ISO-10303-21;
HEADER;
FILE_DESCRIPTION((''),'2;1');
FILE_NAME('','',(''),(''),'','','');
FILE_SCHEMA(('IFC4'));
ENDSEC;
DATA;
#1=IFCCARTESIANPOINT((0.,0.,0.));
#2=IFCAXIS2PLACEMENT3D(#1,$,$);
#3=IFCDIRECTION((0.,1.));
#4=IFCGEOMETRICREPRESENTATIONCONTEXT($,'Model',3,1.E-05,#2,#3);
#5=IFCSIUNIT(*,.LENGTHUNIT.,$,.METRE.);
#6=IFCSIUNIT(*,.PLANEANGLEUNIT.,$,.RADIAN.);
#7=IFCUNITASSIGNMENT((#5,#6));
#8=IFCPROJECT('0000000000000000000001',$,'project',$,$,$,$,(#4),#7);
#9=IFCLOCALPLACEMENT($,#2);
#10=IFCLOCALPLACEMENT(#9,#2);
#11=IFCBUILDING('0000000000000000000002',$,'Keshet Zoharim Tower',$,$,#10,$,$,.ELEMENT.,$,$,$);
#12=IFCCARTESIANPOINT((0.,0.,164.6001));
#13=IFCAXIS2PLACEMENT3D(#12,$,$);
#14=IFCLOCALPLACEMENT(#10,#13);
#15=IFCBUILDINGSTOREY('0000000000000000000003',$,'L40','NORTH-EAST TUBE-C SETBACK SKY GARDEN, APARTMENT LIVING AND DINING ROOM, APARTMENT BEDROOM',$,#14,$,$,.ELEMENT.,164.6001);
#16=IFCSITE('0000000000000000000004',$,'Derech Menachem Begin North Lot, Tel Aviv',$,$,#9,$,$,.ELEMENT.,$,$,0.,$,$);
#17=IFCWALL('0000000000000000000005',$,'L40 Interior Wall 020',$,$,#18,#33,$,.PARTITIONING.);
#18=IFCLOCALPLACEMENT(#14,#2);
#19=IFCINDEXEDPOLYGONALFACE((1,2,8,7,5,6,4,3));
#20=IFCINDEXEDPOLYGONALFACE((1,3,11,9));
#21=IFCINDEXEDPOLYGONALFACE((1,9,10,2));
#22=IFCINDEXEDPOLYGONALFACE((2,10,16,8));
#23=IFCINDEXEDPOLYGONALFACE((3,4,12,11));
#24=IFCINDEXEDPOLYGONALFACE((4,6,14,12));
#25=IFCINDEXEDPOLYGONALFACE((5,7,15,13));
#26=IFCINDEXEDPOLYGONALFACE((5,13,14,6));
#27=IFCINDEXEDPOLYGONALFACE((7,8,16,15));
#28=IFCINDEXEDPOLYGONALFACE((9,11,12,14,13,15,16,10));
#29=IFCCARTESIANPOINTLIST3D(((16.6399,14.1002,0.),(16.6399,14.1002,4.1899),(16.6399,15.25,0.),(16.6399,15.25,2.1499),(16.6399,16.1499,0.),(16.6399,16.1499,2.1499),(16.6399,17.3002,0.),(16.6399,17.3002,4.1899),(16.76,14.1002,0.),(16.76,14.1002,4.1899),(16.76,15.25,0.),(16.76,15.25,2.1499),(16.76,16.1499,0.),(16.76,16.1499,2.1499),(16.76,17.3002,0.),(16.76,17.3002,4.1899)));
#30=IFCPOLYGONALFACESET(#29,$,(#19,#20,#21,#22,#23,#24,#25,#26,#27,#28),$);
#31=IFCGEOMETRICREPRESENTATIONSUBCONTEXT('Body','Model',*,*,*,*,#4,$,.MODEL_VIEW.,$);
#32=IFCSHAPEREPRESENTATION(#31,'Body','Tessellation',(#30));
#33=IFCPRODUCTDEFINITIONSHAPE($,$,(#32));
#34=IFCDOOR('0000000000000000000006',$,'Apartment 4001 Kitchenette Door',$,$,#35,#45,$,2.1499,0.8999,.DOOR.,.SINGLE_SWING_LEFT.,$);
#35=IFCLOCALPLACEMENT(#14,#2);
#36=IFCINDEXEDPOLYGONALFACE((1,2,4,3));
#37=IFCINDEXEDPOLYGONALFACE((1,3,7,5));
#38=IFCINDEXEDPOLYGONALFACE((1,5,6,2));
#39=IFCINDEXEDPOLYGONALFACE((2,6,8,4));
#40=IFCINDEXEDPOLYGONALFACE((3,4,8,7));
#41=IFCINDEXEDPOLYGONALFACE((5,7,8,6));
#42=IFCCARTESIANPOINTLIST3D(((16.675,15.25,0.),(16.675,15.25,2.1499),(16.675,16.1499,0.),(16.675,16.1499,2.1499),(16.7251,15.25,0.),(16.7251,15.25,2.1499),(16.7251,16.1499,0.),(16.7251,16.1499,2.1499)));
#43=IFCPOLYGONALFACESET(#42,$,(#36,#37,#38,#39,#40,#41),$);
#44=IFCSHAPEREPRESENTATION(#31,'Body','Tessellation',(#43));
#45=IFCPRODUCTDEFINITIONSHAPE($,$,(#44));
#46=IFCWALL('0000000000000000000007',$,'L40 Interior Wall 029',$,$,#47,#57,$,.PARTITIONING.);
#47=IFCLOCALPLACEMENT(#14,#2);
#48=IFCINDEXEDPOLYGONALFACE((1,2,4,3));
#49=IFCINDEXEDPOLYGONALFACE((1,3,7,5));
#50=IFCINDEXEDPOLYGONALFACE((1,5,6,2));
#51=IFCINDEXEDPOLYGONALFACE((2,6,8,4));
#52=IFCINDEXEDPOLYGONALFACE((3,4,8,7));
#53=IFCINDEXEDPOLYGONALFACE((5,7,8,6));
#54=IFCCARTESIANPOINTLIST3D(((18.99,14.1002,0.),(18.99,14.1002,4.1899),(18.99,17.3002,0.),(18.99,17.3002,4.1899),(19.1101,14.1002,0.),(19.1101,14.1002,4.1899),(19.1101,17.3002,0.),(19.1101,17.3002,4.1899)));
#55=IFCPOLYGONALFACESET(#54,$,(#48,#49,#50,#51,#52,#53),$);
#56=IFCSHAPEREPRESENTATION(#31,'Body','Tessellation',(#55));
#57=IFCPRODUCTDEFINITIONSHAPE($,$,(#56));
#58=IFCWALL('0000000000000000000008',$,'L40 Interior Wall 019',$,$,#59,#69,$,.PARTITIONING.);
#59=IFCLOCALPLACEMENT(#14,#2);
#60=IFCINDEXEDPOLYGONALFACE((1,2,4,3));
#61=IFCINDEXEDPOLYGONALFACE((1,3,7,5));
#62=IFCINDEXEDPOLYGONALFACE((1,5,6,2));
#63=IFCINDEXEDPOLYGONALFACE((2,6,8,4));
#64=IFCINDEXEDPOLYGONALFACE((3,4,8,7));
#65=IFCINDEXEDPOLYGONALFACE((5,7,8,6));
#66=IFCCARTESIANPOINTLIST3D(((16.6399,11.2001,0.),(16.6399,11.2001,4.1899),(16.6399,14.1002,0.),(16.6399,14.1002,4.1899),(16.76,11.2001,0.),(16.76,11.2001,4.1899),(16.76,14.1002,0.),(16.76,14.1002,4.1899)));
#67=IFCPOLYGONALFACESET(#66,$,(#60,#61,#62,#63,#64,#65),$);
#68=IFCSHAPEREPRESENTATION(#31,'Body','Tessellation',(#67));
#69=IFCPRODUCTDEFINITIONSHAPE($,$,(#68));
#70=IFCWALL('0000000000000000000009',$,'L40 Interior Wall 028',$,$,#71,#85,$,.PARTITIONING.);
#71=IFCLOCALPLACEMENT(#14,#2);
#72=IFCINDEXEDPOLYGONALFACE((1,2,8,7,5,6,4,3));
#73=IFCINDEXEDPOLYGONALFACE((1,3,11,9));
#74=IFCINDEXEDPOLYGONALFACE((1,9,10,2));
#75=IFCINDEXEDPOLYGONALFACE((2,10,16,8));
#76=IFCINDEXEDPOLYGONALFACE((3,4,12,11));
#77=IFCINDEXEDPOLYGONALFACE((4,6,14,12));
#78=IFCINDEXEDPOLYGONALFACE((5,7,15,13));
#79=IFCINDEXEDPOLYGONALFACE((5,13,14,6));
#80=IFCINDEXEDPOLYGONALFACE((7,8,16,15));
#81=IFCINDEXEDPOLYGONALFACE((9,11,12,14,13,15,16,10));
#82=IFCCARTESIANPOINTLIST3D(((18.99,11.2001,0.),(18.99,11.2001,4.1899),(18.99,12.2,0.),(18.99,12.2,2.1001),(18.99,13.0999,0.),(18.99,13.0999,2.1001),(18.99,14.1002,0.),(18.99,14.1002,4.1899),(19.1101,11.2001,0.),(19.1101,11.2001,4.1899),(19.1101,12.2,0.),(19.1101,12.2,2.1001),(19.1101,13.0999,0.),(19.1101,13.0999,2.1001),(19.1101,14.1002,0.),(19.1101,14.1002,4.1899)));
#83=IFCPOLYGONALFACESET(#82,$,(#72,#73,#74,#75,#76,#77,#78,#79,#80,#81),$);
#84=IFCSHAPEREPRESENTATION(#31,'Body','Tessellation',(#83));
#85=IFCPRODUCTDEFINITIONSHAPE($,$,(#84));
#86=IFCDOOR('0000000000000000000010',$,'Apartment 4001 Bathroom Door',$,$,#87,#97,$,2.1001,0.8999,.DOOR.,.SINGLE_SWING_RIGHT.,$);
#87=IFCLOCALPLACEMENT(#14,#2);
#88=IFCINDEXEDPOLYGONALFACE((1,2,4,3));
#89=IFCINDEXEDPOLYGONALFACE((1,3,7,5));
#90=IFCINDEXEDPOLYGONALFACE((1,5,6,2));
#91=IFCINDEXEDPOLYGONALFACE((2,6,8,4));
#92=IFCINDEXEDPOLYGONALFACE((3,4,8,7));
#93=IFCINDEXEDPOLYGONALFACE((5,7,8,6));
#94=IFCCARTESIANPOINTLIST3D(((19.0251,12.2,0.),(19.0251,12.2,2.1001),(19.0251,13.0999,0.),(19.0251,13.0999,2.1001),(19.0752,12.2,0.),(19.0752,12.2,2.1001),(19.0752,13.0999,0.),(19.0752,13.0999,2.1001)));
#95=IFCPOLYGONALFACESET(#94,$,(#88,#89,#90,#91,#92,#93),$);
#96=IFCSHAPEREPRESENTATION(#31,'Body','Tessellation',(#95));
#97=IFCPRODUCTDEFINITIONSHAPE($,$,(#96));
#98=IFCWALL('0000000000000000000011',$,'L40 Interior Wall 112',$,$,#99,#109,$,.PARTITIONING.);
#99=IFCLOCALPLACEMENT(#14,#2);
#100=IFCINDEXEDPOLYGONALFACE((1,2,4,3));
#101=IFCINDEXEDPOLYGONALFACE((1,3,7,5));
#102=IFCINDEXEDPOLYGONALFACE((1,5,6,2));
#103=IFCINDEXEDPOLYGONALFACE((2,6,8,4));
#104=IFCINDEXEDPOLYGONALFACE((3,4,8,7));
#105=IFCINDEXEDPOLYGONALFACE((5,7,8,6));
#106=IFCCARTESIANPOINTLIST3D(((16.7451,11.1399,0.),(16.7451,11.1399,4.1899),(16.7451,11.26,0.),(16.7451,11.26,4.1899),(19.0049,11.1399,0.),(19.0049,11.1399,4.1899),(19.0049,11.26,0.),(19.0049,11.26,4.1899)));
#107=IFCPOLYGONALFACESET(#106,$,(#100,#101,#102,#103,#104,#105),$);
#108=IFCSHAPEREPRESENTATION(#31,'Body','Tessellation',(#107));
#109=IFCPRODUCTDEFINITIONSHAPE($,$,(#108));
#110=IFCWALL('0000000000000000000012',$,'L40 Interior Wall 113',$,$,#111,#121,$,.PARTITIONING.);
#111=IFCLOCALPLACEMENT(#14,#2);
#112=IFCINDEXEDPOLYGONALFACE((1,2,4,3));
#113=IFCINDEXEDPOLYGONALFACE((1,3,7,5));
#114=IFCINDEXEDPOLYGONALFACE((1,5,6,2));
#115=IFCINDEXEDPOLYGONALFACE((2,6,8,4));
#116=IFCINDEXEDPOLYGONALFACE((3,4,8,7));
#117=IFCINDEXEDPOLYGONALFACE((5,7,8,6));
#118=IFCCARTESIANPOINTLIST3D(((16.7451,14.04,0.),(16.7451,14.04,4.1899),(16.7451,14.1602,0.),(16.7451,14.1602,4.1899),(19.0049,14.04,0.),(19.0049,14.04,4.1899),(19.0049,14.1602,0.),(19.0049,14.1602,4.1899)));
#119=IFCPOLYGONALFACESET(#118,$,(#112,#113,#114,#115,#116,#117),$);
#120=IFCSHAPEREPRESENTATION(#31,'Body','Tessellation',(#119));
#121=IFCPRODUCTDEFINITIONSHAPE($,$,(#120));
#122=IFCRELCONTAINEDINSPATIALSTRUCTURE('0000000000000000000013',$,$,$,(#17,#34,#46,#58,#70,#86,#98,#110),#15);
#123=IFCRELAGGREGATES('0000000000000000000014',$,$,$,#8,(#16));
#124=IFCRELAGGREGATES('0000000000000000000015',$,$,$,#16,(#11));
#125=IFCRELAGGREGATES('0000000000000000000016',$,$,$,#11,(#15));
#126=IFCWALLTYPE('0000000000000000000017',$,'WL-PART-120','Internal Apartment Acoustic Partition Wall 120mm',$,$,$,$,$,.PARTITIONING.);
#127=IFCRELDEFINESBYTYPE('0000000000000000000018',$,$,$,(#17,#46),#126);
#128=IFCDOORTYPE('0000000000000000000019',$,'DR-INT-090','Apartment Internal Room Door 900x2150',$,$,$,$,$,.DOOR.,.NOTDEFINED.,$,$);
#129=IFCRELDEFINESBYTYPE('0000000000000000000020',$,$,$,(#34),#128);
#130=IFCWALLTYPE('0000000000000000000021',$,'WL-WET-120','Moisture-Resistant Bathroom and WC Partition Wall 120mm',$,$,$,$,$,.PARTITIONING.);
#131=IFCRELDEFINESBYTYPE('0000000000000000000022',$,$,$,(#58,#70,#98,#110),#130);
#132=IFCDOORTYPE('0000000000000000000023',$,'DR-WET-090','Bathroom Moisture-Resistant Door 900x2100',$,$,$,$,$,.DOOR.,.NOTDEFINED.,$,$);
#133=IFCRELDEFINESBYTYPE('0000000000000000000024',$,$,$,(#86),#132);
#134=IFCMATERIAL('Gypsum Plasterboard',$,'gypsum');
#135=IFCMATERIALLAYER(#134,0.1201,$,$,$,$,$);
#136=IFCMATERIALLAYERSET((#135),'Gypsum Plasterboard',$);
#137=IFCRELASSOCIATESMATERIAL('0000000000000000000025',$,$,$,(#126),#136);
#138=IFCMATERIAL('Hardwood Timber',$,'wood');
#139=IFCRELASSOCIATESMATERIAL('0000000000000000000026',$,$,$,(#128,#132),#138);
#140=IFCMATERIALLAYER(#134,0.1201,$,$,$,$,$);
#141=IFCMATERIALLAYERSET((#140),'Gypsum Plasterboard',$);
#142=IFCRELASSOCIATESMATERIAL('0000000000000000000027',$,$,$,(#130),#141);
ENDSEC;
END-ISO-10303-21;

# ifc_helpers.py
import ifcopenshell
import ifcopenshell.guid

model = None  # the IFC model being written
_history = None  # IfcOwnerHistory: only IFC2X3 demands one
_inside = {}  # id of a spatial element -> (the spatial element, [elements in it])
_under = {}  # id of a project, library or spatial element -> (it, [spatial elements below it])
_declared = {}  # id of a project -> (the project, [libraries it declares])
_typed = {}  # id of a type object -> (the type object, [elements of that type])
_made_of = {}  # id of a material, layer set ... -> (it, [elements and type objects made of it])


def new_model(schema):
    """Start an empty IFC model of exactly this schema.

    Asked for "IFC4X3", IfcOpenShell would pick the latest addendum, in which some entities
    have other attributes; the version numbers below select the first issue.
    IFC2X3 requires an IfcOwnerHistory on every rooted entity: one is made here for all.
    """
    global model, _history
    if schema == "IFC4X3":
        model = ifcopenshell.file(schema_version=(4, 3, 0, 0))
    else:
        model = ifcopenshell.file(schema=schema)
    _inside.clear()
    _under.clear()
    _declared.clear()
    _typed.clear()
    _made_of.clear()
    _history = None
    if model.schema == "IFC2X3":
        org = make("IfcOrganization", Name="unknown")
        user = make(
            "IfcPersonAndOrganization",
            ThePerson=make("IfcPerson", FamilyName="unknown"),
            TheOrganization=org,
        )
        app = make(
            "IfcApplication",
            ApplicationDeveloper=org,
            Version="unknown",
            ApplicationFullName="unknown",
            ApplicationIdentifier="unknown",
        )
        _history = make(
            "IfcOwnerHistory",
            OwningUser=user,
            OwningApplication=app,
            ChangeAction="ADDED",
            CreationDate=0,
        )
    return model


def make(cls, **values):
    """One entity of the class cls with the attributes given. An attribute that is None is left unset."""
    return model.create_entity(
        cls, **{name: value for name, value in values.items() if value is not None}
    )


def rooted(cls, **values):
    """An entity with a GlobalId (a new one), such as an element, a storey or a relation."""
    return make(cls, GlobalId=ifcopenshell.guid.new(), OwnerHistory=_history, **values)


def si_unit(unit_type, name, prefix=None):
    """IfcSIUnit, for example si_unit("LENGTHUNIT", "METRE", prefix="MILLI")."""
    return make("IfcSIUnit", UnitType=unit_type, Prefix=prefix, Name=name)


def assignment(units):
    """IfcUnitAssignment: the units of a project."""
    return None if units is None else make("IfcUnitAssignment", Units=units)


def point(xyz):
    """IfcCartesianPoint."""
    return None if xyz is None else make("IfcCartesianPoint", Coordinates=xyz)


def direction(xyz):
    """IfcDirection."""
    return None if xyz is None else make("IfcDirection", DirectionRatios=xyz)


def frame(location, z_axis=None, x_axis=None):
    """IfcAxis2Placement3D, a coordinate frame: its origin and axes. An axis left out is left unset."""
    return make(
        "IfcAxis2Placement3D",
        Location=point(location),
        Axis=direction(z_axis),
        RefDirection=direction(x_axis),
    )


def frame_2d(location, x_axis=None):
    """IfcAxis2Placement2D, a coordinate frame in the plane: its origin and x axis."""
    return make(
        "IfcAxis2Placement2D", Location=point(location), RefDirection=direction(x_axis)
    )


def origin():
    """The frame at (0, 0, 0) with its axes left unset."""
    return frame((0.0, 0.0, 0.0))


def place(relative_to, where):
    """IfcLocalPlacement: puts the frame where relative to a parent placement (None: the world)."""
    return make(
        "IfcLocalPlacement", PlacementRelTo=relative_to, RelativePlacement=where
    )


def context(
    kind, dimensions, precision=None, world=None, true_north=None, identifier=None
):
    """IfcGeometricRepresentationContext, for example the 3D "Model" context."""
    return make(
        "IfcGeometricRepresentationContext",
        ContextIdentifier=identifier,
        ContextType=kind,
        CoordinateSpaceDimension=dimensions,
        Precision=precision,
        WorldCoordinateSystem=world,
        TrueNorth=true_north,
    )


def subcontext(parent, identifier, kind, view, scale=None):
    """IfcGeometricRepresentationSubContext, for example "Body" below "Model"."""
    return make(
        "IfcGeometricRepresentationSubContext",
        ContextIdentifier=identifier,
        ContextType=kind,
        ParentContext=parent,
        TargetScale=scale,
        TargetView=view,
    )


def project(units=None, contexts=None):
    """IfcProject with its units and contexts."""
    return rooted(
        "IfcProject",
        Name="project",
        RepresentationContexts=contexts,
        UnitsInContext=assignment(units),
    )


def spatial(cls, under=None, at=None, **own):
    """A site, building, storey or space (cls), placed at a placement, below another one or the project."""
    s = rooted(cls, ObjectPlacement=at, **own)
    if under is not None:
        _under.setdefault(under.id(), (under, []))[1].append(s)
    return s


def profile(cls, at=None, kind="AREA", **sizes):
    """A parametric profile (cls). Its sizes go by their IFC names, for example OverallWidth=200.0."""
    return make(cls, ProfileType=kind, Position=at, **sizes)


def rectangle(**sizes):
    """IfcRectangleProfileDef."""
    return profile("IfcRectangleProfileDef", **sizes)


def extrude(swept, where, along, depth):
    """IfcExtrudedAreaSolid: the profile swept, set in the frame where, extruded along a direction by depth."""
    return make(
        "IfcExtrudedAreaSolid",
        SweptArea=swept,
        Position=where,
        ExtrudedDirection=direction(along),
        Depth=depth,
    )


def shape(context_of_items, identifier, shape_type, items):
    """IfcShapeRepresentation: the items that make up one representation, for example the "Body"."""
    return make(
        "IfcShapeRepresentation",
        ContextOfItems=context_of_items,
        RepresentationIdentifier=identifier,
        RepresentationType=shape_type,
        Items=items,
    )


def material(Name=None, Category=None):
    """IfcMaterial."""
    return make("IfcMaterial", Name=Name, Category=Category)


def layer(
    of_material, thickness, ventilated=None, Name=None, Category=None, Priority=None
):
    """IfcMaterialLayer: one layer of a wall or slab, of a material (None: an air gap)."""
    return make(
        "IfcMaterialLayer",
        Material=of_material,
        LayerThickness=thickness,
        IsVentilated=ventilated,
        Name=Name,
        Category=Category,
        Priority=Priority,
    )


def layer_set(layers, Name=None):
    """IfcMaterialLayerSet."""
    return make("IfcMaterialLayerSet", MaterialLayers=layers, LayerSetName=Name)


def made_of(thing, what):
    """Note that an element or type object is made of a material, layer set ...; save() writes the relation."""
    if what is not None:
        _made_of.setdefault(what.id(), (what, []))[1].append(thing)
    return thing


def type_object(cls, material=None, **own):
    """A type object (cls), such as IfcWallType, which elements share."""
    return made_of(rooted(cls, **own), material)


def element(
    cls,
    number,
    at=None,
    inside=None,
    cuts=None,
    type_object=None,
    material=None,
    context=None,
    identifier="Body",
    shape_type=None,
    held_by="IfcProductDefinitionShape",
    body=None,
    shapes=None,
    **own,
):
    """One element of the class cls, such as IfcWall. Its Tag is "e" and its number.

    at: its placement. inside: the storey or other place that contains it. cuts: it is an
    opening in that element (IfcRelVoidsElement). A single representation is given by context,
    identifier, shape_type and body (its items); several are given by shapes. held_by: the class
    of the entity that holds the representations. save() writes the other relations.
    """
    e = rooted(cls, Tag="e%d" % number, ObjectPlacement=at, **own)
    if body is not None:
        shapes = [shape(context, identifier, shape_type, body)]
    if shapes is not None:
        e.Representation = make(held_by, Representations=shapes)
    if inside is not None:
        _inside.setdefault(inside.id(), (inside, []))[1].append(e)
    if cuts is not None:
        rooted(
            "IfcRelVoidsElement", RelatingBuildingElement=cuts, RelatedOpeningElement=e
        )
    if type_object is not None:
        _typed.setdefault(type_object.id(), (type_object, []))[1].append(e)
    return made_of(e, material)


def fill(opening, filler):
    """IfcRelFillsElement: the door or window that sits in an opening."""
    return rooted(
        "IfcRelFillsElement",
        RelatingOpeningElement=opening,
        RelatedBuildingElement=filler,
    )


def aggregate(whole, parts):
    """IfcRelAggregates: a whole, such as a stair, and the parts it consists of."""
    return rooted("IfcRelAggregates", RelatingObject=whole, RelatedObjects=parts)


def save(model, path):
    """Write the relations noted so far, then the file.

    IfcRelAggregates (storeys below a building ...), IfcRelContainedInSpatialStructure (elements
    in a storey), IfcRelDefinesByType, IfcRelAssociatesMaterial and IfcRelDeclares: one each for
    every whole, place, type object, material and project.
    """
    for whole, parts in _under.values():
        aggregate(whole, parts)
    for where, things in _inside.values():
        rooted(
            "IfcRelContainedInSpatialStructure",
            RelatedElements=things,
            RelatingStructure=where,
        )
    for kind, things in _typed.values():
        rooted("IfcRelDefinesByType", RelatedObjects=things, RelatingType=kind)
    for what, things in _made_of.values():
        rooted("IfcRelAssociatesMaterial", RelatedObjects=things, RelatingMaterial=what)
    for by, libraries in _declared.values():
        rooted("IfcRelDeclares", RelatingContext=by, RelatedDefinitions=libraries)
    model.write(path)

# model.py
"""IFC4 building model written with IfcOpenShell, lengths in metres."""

from ifc_helpers import new_model, si_unit, direction, frame, frame_2d, origin, place, context, subcontext, project, spatial, rectangle, extrude, material, layer, layer_set, type_object, element, fill, save


model = new_model("IFC4")

# Units and contexts
model_context = context("Model", 3, precision=1e-05, world=origin(), true_north=direction((0.0, 1.0)))
body_context = subcontext(model_context, "Body", "Model", "MODEL_VIEW")
ifc_project = project(units=[si_unit("LENGTHUNIT", "METRE"), si_unit("PLANEANGLEUNIT", "RADIAN")], contexts=[model_context])

# Site, building, storey
site_placement = place(None, origin())
site = spatial("IfcSite", under=ifc_project, at=site_placement, Name="Derech Menachem Begin North Lot, Tel Aviv", CompositionType="ELEMENT", RefElevation=0.0)
building_placement = place(site_placement, origin())
building = spatial("IfcBuilding", under=site, at=building_placement, Name="Keshet Zoharim Tower", CompositionType="ELEMENT")
storey_placement = place(building_placement, frame((0.0, 0.0, 164.6001)))
storey = spatial("IfcBuildingStorey", under=building, at=storey_placement, Name="L40", Description="NORTH-EAST TUBE-C SETBACK SKY GARDEN, APARTMENT LIVING AND DINING ROOM, APARTMENT BEDROOM", CompositionType="ELEMENT", Elevation=164.6001)

# Shared definitions
ifc_material_1 = material(Name="Gypsum Plasterboard", Category="gypsum")
ifc_material_2 = material(Name="Hardwood Timber", Category="wood")

# Wall, opening, door
ifc_layer_1 = layer(ifc_material_1, 0.1201)
ifc_layer_set_1 = layer_set([ifc_layer_1], Name="Gypsum Plasterboard")
wall_type_1 = type_object("IfcWallType", Name="WL-PART-120", Description="Internal Apartment Acoustic Partition Wall 120mm", PredefinedType="PARTITIONING", material=ifc_layer_set_1)
wall_1_placement = place(storey_placement, frame((16.7, 14.1001, 0.0), z_axis=(0.0, 0.0, 1.0), x_axis=(0.0, 1.0, 0.0)))
wall_1 = element("IfcWall", 1, at=wall_1_placement, inside=storey, type_object=wall_type_1, Name="L40 Interior Wall 020", PredefinedType="PARTITIONING", context=body_context, shape_type="SweptSolid", body=[
    extrude(rectangle(XDim=3.2, YDim=0.1201, at=frame_2d((1.6001, 0.0))), origin(), (0.0, 0.0, 1.0), 4.1899),
])
opening_1_placement = place(wall_1_placement, frame((1.1499, 0.0, 0.0)))
opening_1 = element("IfcOpeningElement", 2, at=opening_1_placement, cuts=wall_1, PredefinedType="OPENING", context=body_context, shape_type="SweptSolid", body=[
    extrude(rectangle(XDim=0.8999, YDim=2.1499, at=frame_2d((0.45, 1.075))), frame((0.0, 0.0701, 0.0), z_axis=(0.0, -1.0, 0.0), x_axis=(1.0, 0.0, 0.0)), (0.0, 0.0, 1.0), 0.1401),
])
door_type_1 = type_object("IfcDoorType", Name="DR-INT-090", Description="Apartment Internal Room Door 900x2150", OperationType="NOTDEFINED", PredefinedType="DOOR", material=ifc_material_2)
door_1_placement = place(opening_1_placement, origin())
door_1 = element("IfcDoor", 3, at=door_1_placement, inside=storey, type_object=door_type_1, Name="Apartment 4001 Kitchenette Door", OperationType="SINGLE_SWING_LEFT", OverallHeight=2.1499, OverallWidth=0.8999, PredefinedType="DOOR", context=body_context, shape_type="SweptSolid", body=[
    extrude(rectangle(XDim=0.8999, YDim=2.1499, at=frame_2d((0.45, 1.075))), frame((0.0, 0.0249, 0.0), z_axis=(0.0, -1.0, 0.0), x_axis=(1.0, 0.0, 0.0)), (0.0, 0.0, 1.0), 0.05),
])
fill(opening_1, door_1)

# Walls
wall_2_placement = place(storey_placement, frame((19.05, 14.1001, 0.0), z_axis=(0.0, 0.0, 1.0), x_axis=(0.0, 1.0, 0.0)))
element("IfcWall", 4, at=wall_2_placement, inside=storey, type_object=wall_type_1, Name="L40 Interior Wall 029", PredefinedType="PARTITIONING", context=body_context, shape_type="SweptSolid", body=[
    extrude(rectangle(XDim=3.2, YDim=0.1201, at=frame_2d((1.6001, 0.0))), origin(), (0.0, 0.0, 1.0), 4.1899),
])
ifc_layer_2 = layer(ifc_material_1, 0.1201)
ifc_layer_set_2 = layer_set([ifc_layer_2], Name="Gypsum Plasterboard")
wall_type_2 = type_object("IfcWallType", Name="WL-WET-120", Description="Moisture-Resistant Bathroom and WC Partition Wall 120mm", PredefinedType="PARTITIONING", material=ifc_layer_set_2)
wall_3_placement = place(storey_placement, frame((16.7, 11.2, 0.0), z_axis=(0.0, 0.0, 1.0), x_axis=(0.0, 1.0, 0.0)))
element("IfcWall", 5, at=wall_3_placement, inside=storey, type_object=wall_type_2, Name="L40 Interior Wall 019", PredefinedType="PARTITIONING", context=body_context, shape_type="SweptSolid", body=[
    extrude(rectangle(XDim=2.9001, YDim=0.1201, at=frame_2d((1.4502, 0.0))), origin(), (0.0, 0.0, 1.0), 4.1899),
])

# Wall, opening, door
wall_4_placement = place(storey_placement, frame((19.05, 11.2, 0.0), z_axis=(0.0, 0.0, 1.0), x_axis=(0.0, 1.0, 0.0)))
wall_4 = element("IfcWall", 6, at=wall_4_placement, inside=storey, type_object=wall_type_2, Name="L40 Interior Wall 028", PredefinedType="PARTITIONING", context=body_context, shape_type="SweptSolid", body=[
    extrude(rectangle(XDim=2.9001, YDim=0.1201, at=frame_2d((1.4502, 0.0))), origin(), (0.0, 0.0, 1.0), 4.1899),
])
opening_2_placement = place(wall_4_placement, frame((1.0, 0.0, 0.0)))
opening_2 = element("IfcOpeningElement", 7, at=opening_2_placement, cuts=wall_4, PredefinedType="OPENING", context=body_context, shape_type="SweptSolid", body=[
    extrude(rectangle(XDim=0.8999, YDim=2.1001, at=frame_2d((0.45, 1.05))), frame((0.0, 0.0701, 0.0), z_axis=(0.0, -1.0, 0.0), x_axis=(1.0, 0.0, 0.0)), (0.0, 0.0, 1.0), 0.1401),
])
door_type_2 = type_object("IfcDoorType", Name="DR-WET-090", Description="Bathroom Moisture-Resistant Door 900x2100", OperationType="NOTDEFINED", PredefinedType="DOOR", material=ifc_material_2)
door_2_placement = place(opening_2_placement, origin())
door_2 = element("IfcDoor", 8, at=door_2_placement, inside=storey, type_object=door_type_2, Name="Apartment 4001 Bathroom Door", OperationType="SINGLE_SWING_RIGHT", OverallHeight=2.1001, OverallWidth=0.8999, PredefinedType="DOOR", context=body_context, shape_type="SweptSolid", body=[
    extrude(rectangle(XDim=0.8999, YDim=2.1001, at=frame_2d((0.45, 1.05))), frame((0.0, 0.0249, 0.0), z_axis=(0.0, -1.0, 0.0), x_axis=(1.0, 0.0, 0.0)), (0.0, 0.0, 1.0), 0.05),
])
fill(opening_2, door_2)

# Walls
for number, where, z_axis, x_axis, name in (
    (9, (16.7451, 11.2, 0.0), (0.0, 0.0, 1.0), (1.0, 0.0, 0.0), "L40 Interior Wall 112"),
    (10, (16.7451, 14.1001, 0.0), (0.0, 0.0, 1.0), (1.0, 0.0, 0.0), "L40 Interior Wall 113"),
):
    element("IfcWall", number, at=place(storey_placement, frame(where, z_axis=z_axis, x_axis=x_axis)), inside=storey, type_object=wall_type_2, Name=name, PredefinedType="PARTITIONING", context=body_context, shape_type="SweptSolid", body=[
        extrude(rectangle(XDim=2.2598, YDim=0.1201, at=frame_2d((1.1299, 0.0))), origin(), (0.0, 0.0, 1.0), 4.1899),
    ])

save(model, "model.ifc")
